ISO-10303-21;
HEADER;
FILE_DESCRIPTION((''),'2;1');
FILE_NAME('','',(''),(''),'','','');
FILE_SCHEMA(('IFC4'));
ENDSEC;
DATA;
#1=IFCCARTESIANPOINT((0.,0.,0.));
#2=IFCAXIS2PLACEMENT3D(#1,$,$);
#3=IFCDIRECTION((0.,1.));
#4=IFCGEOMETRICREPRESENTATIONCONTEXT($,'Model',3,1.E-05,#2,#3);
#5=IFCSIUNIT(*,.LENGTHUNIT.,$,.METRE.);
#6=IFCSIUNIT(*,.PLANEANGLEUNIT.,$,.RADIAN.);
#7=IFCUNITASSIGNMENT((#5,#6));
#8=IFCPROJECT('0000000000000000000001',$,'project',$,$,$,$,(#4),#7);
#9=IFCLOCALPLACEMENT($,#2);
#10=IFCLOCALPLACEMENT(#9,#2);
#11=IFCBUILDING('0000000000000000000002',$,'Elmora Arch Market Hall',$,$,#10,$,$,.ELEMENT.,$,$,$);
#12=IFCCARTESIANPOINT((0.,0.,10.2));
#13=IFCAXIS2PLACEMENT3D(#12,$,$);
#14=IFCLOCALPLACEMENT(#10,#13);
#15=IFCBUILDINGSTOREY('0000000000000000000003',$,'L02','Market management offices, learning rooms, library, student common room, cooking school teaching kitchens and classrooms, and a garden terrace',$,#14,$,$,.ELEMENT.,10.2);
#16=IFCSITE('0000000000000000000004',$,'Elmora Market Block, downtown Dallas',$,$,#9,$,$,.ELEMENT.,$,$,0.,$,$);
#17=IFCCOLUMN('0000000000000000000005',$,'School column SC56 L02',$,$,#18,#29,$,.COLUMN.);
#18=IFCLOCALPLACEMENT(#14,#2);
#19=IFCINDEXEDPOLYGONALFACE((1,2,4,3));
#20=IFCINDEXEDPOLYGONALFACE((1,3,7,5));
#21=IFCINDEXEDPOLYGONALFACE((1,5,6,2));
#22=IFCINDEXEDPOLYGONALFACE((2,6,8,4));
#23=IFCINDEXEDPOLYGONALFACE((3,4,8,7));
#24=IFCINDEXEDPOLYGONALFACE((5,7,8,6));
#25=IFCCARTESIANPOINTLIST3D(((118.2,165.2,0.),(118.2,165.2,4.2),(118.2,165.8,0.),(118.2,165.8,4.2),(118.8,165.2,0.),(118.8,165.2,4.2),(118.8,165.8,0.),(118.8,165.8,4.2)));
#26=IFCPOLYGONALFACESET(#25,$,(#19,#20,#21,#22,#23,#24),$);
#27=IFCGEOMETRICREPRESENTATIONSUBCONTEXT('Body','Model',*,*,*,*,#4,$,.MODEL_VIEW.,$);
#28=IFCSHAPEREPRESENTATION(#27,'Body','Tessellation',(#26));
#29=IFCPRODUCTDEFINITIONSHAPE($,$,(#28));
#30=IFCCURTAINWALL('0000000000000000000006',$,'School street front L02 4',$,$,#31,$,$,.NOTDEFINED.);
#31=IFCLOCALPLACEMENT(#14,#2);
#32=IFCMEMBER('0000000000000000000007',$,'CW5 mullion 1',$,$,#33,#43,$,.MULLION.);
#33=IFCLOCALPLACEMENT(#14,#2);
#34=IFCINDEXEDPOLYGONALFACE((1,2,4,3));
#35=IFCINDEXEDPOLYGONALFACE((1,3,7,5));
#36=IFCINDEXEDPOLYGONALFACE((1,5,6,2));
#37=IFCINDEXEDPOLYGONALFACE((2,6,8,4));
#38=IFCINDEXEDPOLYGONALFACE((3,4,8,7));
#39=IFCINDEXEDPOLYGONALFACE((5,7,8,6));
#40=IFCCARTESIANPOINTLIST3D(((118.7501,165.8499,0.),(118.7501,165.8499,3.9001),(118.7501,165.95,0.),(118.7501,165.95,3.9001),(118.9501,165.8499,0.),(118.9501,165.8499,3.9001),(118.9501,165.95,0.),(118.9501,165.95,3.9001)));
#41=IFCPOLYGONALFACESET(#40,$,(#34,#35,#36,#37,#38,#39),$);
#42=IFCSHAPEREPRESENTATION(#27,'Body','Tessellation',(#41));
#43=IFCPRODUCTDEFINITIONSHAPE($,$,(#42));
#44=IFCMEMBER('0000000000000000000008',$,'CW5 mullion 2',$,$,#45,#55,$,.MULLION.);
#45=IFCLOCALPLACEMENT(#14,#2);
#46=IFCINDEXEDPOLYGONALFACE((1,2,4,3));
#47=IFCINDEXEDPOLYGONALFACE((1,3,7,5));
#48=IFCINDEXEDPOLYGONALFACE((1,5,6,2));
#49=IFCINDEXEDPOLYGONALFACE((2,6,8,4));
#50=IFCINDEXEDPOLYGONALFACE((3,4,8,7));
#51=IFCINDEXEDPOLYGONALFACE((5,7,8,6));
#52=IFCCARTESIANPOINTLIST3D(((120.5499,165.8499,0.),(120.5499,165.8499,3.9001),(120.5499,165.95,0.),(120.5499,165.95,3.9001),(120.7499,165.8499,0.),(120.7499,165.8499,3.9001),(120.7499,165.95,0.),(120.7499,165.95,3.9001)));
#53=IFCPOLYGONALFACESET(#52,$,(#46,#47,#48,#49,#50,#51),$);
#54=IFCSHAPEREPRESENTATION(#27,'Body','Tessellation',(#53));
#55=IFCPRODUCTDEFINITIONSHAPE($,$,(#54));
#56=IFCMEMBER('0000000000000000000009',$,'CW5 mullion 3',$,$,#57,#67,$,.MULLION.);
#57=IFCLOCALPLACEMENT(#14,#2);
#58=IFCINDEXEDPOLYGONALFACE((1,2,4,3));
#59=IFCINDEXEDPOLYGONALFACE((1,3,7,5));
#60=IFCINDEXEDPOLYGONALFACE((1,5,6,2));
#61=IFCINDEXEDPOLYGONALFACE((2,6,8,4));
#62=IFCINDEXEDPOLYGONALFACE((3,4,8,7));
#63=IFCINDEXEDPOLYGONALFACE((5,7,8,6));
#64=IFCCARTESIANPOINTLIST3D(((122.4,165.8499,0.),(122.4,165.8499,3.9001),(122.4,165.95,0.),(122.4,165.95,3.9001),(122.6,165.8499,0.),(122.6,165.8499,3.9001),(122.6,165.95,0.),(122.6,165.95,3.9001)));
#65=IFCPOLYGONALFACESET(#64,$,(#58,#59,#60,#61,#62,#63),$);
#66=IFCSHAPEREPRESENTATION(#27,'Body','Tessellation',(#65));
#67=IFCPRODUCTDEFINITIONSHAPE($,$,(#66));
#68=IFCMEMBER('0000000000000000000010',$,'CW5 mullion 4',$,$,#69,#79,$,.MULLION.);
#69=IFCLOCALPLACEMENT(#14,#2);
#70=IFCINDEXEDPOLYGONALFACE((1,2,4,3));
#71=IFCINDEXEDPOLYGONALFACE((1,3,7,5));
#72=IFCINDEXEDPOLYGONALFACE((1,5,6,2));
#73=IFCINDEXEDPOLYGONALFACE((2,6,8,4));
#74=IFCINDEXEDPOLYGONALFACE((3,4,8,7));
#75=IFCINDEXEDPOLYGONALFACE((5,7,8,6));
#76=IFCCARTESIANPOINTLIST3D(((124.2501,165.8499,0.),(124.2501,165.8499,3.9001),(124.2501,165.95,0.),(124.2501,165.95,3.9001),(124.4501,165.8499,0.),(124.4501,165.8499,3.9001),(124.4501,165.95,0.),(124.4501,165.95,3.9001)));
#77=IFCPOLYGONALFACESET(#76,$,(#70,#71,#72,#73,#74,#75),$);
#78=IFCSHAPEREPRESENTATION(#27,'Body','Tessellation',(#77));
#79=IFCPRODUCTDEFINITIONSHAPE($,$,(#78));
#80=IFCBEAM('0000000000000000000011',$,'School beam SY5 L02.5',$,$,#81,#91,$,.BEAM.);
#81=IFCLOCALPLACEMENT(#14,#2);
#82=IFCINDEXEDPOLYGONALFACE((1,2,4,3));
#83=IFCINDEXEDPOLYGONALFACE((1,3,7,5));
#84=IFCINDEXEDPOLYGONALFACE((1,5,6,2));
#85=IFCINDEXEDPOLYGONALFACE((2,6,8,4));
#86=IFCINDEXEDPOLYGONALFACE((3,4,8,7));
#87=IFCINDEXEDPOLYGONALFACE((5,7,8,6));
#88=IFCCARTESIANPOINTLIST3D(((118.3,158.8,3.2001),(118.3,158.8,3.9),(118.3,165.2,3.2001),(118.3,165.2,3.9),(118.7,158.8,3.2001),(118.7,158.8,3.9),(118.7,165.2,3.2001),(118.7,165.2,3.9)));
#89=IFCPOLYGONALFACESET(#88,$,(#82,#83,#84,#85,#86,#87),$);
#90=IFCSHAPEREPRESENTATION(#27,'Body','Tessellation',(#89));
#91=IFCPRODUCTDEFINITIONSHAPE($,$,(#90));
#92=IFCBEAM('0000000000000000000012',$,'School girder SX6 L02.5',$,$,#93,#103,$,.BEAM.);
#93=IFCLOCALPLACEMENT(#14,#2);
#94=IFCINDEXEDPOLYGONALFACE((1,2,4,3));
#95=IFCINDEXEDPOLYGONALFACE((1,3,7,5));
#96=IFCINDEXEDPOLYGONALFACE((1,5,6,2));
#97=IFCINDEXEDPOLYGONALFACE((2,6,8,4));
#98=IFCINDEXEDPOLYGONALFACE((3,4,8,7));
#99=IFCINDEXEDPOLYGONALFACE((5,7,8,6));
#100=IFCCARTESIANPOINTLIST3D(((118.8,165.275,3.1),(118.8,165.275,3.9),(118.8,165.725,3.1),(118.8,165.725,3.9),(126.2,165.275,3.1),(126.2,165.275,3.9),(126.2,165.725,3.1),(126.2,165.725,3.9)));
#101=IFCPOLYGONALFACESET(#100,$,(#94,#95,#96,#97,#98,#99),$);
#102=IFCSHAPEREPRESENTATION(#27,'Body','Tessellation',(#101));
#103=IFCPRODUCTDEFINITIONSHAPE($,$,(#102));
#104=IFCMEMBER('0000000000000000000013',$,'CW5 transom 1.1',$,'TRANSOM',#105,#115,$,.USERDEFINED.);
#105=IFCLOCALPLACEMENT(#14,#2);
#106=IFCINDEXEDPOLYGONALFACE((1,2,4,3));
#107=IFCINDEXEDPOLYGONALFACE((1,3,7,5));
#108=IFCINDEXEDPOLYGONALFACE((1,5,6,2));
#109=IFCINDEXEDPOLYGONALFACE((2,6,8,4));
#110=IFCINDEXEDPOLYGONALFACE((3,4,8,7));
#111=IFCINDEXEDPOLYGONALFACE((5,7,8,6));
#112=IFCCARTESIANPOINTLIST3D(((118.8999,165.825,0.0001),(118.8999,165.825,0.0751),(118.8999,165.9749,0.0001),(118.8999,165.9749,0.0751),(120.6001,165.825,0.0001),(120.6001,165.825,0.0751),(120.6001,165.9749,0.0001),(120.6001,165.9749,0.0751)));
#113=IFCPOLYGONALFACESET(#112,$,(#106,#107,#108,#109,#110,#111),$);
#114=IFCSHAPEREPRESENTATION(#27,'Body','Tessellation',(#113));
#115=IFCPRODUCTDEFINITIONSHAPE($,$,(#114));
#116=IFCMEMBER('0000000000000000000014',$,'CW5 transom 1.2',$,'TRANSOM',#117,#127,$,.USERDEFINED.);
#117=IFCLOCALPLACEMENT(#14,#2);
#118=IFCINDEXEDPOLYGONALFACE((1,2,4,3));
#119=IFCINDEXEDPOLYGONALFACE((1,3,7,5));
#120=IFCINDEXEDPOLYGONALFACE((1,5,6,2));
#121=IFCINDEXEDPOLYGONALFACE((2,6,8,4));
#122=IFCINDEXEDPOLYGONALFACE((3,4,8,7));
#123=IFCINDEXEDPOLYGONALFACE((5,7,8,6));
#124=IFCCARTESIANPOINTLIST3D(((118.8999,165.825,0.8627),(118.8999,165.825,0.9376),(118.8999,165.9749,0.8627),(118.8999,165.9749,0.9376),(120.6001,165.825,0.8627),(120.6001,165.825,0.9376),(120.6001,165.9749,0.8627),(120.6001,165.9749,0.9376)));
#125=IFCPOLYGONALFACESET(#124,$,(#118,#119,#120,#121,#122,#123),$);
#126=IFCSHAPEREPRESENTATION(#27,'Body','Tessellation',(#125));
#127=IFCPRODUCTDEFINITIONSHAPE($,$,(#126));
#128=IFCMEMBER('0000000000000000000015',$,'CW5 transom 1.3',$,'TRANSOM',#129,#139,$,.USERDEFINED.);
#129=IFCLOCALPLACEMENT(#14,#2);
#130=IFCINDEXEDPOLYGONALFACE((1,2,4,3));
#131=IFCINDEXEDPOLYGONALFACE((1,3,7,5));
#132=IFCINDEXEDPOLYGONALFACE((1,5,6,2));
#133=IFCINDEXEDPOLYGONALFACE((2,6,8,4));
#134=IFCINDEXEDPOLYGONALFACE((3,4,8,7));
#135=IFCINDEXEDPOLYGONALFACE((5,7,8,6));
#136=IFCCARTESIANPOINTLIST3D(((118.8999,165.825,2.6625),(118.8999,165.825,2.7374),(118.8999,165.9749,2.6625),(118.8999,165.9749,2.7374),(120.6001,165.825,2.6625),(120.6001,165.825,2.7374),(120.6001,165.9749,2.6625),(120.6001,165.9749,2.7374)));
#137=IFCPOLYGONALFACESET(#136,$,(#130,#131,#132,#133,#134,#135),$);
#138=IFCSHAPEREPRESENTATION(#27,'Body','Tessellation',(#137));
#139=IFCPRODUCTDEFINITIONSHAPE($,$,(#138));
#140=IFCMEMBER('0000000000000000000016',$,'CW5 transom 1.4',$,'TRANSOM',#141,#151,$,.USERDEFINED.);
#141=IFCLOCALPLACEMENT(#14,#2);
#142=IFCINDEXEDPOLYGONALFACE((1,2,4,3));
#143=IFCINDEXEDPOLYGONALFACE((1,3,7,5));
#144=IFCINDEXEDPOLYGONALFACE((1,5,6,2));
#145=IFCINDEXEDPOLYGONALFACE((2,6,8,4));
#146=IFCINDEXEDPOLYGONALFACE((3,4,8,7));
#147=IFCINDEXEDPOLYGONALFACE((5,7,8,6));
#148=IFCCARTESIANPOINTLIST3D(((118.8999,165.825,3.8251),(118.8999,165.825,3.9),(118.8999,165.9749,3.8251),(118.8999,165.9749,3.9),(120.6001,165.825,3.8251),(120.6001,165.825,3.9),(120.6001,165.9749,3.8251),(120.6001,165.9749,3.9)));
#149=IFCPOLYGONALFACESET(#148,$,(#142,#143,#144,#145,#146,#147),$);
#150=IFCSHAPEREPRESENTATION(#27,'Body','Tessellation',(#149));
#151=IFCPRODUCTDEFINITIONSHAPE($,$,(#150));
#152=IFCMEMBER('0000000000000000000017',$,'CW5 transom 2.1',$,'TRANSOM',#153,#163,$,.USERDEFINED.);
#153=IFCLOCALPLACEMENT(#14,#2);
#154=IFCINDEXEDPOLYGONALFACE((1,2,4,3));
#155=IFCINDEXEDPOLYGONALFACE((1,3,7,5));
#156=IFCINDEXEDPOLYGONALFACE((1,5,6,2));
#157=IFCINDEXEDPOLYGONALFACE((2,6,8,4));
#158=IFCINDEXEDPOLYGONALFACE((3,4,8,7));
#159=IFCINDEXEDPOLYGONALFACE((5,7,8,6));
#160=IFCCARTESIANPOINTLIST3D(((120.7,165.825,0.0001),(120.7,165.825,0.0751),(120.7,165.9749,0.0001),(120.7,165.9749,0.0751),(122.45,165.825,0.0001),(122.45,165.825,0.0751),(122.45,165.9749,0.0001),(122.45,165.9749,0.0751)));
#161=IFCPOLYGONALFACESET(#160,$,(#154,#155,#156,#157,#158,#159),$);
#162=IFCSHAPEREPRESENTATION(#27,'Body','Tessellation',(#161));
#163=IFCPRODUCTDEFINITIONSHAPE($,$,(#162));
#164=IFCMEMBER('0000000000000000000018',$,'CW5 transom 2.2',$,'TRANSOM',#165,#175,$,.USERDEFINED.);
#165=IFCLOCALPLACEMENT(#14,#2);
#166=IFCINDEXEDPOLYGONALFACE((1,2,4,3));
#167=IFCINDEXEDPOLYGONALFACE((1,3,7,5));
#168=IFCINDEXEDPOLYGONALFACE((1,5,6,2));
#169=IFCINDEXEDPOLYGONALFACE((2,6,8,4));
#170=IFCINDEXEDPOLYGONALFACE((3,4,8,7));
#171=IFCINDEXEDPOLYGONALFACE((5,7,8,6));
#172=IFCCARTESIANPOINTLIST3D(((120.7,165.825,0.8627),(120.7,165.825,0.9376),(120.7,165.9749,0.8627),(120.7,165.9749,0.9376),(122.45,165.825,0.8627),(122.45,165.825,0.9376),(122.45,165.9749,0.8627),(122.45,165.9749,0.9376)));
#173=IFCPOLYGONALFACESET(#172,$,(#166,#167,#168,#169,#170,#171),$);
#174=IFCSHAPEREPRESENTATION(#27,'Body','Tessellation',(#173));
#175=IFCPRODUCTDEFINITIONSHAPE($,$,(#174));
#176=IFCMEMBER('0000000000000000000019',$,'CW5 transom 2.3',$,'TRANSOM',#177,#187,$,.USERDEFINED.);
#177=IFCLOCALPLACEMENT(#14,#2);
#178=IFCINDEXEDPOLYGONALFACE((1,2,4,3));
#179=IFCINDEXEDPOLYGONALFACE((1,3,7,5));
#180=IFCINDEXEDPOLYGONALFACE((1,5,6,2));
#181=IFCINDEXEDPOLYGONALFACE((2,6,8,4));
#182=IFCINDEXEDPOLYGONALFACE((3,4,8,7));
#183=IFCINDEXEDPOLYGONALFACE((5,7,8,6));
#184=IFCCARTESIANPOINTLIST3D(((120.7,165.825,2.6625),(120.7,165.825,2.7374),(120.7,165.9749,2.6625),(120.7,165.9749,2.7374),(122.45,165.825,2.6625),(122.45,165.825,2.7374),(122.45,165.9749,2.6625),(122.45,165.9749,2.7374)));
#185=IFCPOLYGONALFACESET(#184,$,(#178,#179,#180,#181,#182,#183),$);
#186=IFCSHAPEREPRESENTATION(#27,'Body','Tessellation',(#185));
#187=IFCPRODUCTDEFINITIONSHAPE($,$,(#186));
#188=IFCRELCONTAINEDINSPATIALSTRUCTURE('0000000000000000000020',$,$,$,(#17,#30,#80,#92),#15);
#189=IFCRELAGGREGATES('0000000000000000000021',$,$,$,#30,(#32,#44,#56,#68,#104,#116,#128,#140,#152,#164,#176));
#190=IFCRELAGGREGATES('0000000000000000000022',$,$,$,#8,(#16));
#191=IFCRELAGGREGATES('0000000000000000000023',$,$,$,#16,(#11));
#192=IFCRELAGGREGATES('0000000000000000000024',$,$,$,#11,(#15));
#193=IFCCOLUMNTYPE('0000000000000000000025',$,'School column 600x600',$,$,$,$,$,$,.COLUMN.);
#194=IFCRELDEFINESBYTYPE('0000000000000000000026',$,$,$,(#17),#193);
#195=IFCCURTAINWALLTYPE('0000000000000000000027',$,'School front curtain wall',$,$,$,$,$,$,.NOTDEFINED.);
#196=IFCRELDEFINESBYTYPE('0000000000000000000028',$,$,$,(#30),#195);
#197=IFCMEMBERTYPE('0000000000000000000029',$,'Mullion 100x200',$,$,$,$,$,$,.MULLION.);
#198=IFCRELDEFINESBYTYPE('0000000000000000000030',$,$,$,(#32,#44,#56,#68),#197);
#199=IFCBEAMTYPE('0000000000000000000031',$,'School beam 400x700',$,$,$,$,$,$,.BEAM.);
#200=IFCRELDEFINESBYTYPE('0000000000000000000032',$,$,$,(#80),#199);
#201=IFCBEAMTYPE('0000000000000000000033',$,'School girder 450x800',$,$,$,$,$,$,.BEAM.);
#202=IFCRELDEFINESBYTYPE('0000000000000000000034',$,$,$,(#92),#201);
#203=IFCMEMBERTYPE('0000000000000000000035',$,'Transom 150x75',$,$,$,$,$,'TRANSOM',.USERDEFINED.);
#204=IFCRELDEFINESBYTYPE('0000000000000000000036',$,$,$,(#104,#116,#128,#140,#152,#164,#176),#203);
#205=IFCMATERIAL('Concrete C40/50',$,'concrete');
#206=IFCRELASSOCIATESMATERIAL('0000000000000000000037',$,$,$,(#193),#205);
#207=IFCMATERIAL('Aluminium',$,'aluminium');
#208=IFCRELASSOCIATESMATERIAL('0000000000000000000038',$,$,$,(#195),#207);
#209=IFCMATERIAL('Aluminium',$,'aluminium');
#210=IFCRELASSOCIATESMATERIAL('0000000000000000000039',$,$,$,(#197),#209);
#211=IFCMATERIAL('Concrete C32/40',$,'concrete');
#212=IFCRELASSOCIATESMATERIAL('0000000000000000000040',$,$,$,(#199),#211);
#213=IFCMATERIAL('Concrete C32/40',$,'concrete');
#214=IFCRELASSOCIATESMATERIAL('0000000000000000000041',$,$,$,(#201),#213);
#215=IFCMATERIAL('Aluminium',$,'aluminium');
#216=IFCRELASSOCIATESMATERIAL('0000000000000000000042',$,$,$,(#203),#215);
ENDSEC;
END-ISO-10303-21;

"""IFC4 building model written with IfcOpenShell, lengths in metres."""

from ifc_helpers import new_model, si_unit, direction, frame, origin, origin_2d, place, context, subcontext, project, spatial, rectangle, extrude, material, material_profile, profile_set, type_object, element, aggregate, save


model = new_model("IFC4")

# Units and contexts
model_context = context("Model", 3, precision=1e-05, world=origin(), true_north=direction((0.0, 1.0)))
body_context = subcontext(model_context, "Body", "Model", "MODEL_VIEW")
ifc_project = project(units=[si_unit("LENGTHUNIT", "METRE"), si_unit("PLANEANGLEUNIT", "RADIAN")], contexts=[model_context])

# Site, building, storey
site_placement = place(None, origin())
site = spatial("IfcSite", under=ifc_project, at=site_placement, Name="Elmora Market Block, downtown Dallas", CompositionType="ELEMENT", RefElevation=0.0)
building_placement = place(site_placement, origin())
building = spatial("IfcBuilding", under=site, at=building_placement, Name="Elmora Arch Market Hall", CompositionType="ELEMENT")
storey_placement = place(building_placement, frame((0.0, 0.0, 10.2)))
storey = spatial("IfcBuildingStorey", under=building, at=storey_placement, Name="L02", Description="Market management offices, learning rooms, library, student common room, cooking school teaching kitchens and classrooms, and a garden terrace", CompositionType="ELEMENT", Elevation=10.2)

# Column
ifc_material_1 = material(Name="Concrete C40/50", Category="concrete")
ifc_material_profile_1 = material_profile(ifc_material_1, rectangle(XDim=0.6001, YDim=0.6001, at=origin_2d()), Name="School column 600x600")
ifc_profile_set_1 = profile_set([ifc_material_profile_1], Name="Concrete C40/50")
column_type = type_object("IfcColumnType", Name="School column 600x600", PredefinedType="COLUMN", material=ifc_profile_set_1)
column_placement = place(storey_placement, frame((118.5, 165.5, 0.0), z_axis=(0.0, 0.0, 1.0), x_axis=(1.0, 0.0, 0.0)))
element("IfcColumn", 1, at=column_placement, inside=storey, type_object=column_type, Name="School column SC56 L02", PredefinedType="COLUMN", context=body_context, shape_type="SweptSolid", body=[
    extrude(rectangle(XDim=0.6001, YDim=0.6001, at=origin_2d()), origin(), (0.0, 0.0, 1.0), 4.2),
])

# Curtain wall, members
ifc_material_2 = material(Name="Aluminium", Category="aluminium")
curtain_wall_type = type_object("IfcCurtainWallType", Name="School front curtain wall", PredefinedType="NOTDEFINED", material=ifc_material_2)
curtain_wall_placement = place(storey_placement, origin())
curtain_wall = element("IfcCurtainWall", 2, at=curtain_wall_placement, inside=storey, type_object=curtain_wall_type, Name="School street front L02 4", PredefinedType="NOTDEFINED")
ifc_material_3 = material(Name="Aluminium", Category="aluminium")
ifc_material_profile_2 = material_profile(ifc_material_3, rectangle(XDim=0.1001, YDim=0.2, at=origin_2d()), Name="AL 100x200")
ifc_profile_set_2 = profile_set([ifc_material_profile_2], Name="Aluminium")
member_type_1 = type_object("IfcMemberType", Name="Mullion 100x200", PredefinedType="MULLION", material=ifc_profile_set_2)
member_1_placement = place(storey_placement, frame((118.8501, 165.8999, 0.0), z_axis=(0.0, 0.0, 1.0), x_axis=(0.0, 1.0, 0.0)))
member_1 = element("IfcMember", 3, at=member_1_placement, type_object=member_type_1, Name="CW5 mullion 1", PredefinedType="MULLION", context=body_context, shape_type="SweptSolid", body=[
    extrude(rectangle(XDim=0.1001, YDim=0.2, at=origin_2d()), origin(), (0.0, 0.0, 1.0), 3.9001),
])
member_2_placement = place(storey_placement, frame((120.6499, 165.8999, 0.0), z_axis=(0.0, 0.0, 1.0), x_axis=(0.0, 1.0, 0.0)))
member_2 = element("IfcMember", 4, at=member_2_placement, type_object=member_type_1, Name="CW5 mullion 2", PredefinedType="MULLION", context=body_context, shape_type="SweptSolid", body=[
    extrude(rectangle(XDim=0.1001, YDim=0.2, at=origin_2d()), origin(), (0.0, 0.0, 1.0), 3.9001),
])
member_3_placement = place(storey_placement, frame((122.5, 165.8999, 0.0), z_axis=(0.0, 0.0, 1.0), x_axis=(0.0, 1.0, 0.0)))
member_3 = element("IfcMember", 5, at=member_3_placement, type_object=member_type_1, Name="CW5 mullion 3", PredefinedType="MULLION", context=body_context, shape_type="SweptSolid", body=[
    extrude(rectangle(XDim=0.1001, YDim=0.2, at=origin_2d()), origin(), (0.0, 0.0, 1.0), 3.9001),
])
member_4_placement = place(storey_placement, frame((124.3501, 165.8999, 0.0), z_axis=(0.0, 0.0, 1.0), x_axis=(0.0, 1.0, 0.0)))
member_4 = element("IfcMember", 6, at=member_4_placement, type_object=member_type_1, Name="CW5 mullion 4", PredefinedType="MULLION", context=body_context, shape_type="SweptSolid", body=[
    extrude(rectangle(XDim=0.1001, YDim=0.2, at=origin_2d()), origin(), (0.0, 0.0, 1.0), 3.9001),
])

# Beams
ifc_material_4 = material(Name="Concrete C32/40", Category="concrete")
ifc_material_profile_3 = material_profile(ifc_material_4, rectangle(XDim=0.3999, YDim=0.7, at=origin_2d()), Name="School beam 400x700")
ifc_profile_set_3 = profile_set([ifc_material_profile_3], Name="Concrete C32/40")
beam_type_1 = type_object("IfcBeamType", Name="School beam 400x700", PredefinedType="BEAM", material=ifc_profile_set_3)
beam_1_placement = place(storey_placement, frame((118.5, 158.8, 3.55), z_axis=(0.0, 1.0, 0.0), x_axis=(-1.0, 0.0, 0.0)))
element("IfcBeam", 7, at=beam_1_placement, inside=storey, type_object=beam_type_1, Name="School beam SY5 L02.5", PredefinedType="BEAM", context=body_context, shape_type="SweptSolid", body=[
    extrude(rectangle(XDim=0.3999, YDim=0.7, at=origin_2d()), origin(), (0.0, 0.0, 1.0), 6.3999),
])
ifc_material_5 = material(Name="Concrete C32/40", Category="concrete")
ifc_material_profile_4 = material_profile(ifc_material_5, rectangle(XDim=0.45, YDim=0.8, at=origin_2d()), Name="School girder 450x800")
ifc_profile_set_4 = profile_set([ifc_material_profile_4], Name="Concrete C32/40")
beam_type_2 = type_object("IfcBeamType", Name="School girder 450x800", PredefinedType="BEAM", material=ifc_profile_set_4)
beam_2_placement = place(storey_placement, frame((118.8, 165.5, 3.5), z_axis=(1.0, 0.0, 0.0), x_axis=(0.0, 1.0, 0.0)))
element("IfcBeam", 8, at=beam_2_placement, inside=storey, type_object=beam_type_2, Name="School girder SX6 L02.5", PredefinedType="BEAM", context=body_context, shape_type="SweptSolid", body=[
    extrude(rectangle(XDim=0.45, YDim=0.8, at=origin_2d()), origin(), (0.0, 0.0, 1.0), 7.3999),
])

# Members
ifc_material_6 = material(Name="Aluminium", Category="aluminium")
ifc_material_profile_5 = material_profile(ifc_material_6, rectangle(XDim=0.1499, YDim=0.075, at=origin_2d()), Name="AL 150x75")
ifc_profile_set_5 = profile_set([ifc_material_profile_5], Name="Aluminium")
member_type_2 = type_object("IfcMemberType", Name="Transom 150x75", ElementType="TRANSOM", PredefinedType="USERDEFINED", material=ifc_profile_set_5)
member_5_placement = place(storey_placement, frame((118.8999, 165.8999, 0.0376), z_axis=(1.0, 0.0, 0.0), x_axis=(0.0, 1.0, 0.0)))
member_5 = element("IfcMember", 9, at=member_5_placement, type_object=member_type_2, Name="CW5 transom 1.1", ObjectType="TRANSOM", PredefinedType="USERDEFINED", context=body_context, shape_type="SweptSolid", body=[
    extrude(rectangle(XDim=0.1499, YDim=0.075, at=origin_2d()), origin(), (0.0, 0.0, 1.0), 1.7002),
])
member_6_placement = place(storey_placement, frame((118.8999, 165.8999, 0.9001), z_axis=(1.0, 0.0, 0.0), x_axis=(0.0, 1.0, 0.0)))
member_6 = element("IfcMember", 10, at=member_6_placement, type_object=member_type_2, Name="CW5 transom 1.2", ObjectType="TRANSOM", PredefinedType="USERDEFINED", context=body_context, shape_type="SweptSolid", body=[
    extrude(rectangle(XDim=0.1499, YDim=0.075, at=origin_2d()), origin(), (0.0, 0.0, 1.0), 1.7002),
])
member_7_placement = place(storey_placement, frame((118.8999, 165.8999, 2.7), z_axis=(1.0, 0.0, 0.0), x_axis=(0.0, 1.0, 0.0)))
member_7 = element("IfcMember", 11, at=member_7_placement, type_object=member_type_2, Name="CW5 transom 1.3", ObjectType="TRANSOM", PredefinedType="USERDEFINED", context=body_context, shape_type="SweptSolid", body=[
    extrude(rectangle(XDim=0.1499, YDim=0.075, at=origin_2d()), origin(), (0.0, 0.0, 1.0), 1.7002),
])
member_8_placement = place(storey_placement, frame((118.8999, 165.8999, 3.8625), z_axis=(1.0, 0.0, 0.0), x_axis=(0.0, 1.0, 0.0)))
member_8 = element("IfcMember", 12, at=member_8_placement, type_object=member_type_2, Name="CW5 transom 1.4", ObjectType="TRANSOM", PredefinedType="USERDEFINED", context=body_context, shape_type="SweptSolid", body=[
    extrude(rectangle(XDim=0.1499, YDim=0.075, at=origin_2d()), origin(), (0.0, 0.0, 1.0), 1.7002),
])
member_9_placement = place(storey_placement, frame((120.7, 165.8999, 0.0376), z_axis=(1.0, 0.0, 0.0), x_axis=(0.0, 1.0, 0.0)))
member_9 = element("IfcMember", 13, at=member_9_placement, type_object=member_type_2, Name="CW5 transom 2.1", ObjectType="TRANSOM", PredefinedType="USERDEFINED", context=body_context, shape_type="SweptSolid", body=[
    extrude(rectangle(XDim=0.1499, YDim=0.075, at=origin_2d()), origin(), (0.0, 0.0, 1.0), 1.75),
])
member_10_placement = place(storey_placement, frame((120.7, 165.8999, 0.9001), z_axis=(1.0, 0.0, 0.0), x_axis=(0.0, 1.0, 0.0)))
member_10 = element("IfcMember", 14, at=member_10_placement, type_object=member_type_2, Name="CW5 transom 2.2", ObjectType="TRANSOM", PredefinedType="USERDEFINED", context=body_context, shape_type="SweptSolid", body=[
    extrude(rectangle(XDim=0.1499, YDim=0.075, at=origin_2d()), origin(), (0.0, 0.0, 1.0), 1.75),
])
member_11_placement = place(storey_placement, frame((120.7, 165.8999, 2.7), z_axis=(1.0, 0.0, 0.0), x_axis=(0.0, 1.0, 0.0)))
member_11 = element("IfcMember", 15, at=member_11_placement, type_object=member_type_2, Name="CW5 transom 2.3", ObjectType="TRANSOM", PredefinedType="USERDEFINED", context=body_context, shape_type="SweptSolid", body=[
    extrude(rectangle(XDim=0.1499, YDim=0.075, at=origin_2d()), origin(), (0.0, 0.0, 1.0), 1.75),
])

aggregate(curtain_wall, [member_1, member_2, member_3, member_4, member_5, member_6, member_7, member_8, member_9, member_10, member_11])

save(model, "model.ifc")
